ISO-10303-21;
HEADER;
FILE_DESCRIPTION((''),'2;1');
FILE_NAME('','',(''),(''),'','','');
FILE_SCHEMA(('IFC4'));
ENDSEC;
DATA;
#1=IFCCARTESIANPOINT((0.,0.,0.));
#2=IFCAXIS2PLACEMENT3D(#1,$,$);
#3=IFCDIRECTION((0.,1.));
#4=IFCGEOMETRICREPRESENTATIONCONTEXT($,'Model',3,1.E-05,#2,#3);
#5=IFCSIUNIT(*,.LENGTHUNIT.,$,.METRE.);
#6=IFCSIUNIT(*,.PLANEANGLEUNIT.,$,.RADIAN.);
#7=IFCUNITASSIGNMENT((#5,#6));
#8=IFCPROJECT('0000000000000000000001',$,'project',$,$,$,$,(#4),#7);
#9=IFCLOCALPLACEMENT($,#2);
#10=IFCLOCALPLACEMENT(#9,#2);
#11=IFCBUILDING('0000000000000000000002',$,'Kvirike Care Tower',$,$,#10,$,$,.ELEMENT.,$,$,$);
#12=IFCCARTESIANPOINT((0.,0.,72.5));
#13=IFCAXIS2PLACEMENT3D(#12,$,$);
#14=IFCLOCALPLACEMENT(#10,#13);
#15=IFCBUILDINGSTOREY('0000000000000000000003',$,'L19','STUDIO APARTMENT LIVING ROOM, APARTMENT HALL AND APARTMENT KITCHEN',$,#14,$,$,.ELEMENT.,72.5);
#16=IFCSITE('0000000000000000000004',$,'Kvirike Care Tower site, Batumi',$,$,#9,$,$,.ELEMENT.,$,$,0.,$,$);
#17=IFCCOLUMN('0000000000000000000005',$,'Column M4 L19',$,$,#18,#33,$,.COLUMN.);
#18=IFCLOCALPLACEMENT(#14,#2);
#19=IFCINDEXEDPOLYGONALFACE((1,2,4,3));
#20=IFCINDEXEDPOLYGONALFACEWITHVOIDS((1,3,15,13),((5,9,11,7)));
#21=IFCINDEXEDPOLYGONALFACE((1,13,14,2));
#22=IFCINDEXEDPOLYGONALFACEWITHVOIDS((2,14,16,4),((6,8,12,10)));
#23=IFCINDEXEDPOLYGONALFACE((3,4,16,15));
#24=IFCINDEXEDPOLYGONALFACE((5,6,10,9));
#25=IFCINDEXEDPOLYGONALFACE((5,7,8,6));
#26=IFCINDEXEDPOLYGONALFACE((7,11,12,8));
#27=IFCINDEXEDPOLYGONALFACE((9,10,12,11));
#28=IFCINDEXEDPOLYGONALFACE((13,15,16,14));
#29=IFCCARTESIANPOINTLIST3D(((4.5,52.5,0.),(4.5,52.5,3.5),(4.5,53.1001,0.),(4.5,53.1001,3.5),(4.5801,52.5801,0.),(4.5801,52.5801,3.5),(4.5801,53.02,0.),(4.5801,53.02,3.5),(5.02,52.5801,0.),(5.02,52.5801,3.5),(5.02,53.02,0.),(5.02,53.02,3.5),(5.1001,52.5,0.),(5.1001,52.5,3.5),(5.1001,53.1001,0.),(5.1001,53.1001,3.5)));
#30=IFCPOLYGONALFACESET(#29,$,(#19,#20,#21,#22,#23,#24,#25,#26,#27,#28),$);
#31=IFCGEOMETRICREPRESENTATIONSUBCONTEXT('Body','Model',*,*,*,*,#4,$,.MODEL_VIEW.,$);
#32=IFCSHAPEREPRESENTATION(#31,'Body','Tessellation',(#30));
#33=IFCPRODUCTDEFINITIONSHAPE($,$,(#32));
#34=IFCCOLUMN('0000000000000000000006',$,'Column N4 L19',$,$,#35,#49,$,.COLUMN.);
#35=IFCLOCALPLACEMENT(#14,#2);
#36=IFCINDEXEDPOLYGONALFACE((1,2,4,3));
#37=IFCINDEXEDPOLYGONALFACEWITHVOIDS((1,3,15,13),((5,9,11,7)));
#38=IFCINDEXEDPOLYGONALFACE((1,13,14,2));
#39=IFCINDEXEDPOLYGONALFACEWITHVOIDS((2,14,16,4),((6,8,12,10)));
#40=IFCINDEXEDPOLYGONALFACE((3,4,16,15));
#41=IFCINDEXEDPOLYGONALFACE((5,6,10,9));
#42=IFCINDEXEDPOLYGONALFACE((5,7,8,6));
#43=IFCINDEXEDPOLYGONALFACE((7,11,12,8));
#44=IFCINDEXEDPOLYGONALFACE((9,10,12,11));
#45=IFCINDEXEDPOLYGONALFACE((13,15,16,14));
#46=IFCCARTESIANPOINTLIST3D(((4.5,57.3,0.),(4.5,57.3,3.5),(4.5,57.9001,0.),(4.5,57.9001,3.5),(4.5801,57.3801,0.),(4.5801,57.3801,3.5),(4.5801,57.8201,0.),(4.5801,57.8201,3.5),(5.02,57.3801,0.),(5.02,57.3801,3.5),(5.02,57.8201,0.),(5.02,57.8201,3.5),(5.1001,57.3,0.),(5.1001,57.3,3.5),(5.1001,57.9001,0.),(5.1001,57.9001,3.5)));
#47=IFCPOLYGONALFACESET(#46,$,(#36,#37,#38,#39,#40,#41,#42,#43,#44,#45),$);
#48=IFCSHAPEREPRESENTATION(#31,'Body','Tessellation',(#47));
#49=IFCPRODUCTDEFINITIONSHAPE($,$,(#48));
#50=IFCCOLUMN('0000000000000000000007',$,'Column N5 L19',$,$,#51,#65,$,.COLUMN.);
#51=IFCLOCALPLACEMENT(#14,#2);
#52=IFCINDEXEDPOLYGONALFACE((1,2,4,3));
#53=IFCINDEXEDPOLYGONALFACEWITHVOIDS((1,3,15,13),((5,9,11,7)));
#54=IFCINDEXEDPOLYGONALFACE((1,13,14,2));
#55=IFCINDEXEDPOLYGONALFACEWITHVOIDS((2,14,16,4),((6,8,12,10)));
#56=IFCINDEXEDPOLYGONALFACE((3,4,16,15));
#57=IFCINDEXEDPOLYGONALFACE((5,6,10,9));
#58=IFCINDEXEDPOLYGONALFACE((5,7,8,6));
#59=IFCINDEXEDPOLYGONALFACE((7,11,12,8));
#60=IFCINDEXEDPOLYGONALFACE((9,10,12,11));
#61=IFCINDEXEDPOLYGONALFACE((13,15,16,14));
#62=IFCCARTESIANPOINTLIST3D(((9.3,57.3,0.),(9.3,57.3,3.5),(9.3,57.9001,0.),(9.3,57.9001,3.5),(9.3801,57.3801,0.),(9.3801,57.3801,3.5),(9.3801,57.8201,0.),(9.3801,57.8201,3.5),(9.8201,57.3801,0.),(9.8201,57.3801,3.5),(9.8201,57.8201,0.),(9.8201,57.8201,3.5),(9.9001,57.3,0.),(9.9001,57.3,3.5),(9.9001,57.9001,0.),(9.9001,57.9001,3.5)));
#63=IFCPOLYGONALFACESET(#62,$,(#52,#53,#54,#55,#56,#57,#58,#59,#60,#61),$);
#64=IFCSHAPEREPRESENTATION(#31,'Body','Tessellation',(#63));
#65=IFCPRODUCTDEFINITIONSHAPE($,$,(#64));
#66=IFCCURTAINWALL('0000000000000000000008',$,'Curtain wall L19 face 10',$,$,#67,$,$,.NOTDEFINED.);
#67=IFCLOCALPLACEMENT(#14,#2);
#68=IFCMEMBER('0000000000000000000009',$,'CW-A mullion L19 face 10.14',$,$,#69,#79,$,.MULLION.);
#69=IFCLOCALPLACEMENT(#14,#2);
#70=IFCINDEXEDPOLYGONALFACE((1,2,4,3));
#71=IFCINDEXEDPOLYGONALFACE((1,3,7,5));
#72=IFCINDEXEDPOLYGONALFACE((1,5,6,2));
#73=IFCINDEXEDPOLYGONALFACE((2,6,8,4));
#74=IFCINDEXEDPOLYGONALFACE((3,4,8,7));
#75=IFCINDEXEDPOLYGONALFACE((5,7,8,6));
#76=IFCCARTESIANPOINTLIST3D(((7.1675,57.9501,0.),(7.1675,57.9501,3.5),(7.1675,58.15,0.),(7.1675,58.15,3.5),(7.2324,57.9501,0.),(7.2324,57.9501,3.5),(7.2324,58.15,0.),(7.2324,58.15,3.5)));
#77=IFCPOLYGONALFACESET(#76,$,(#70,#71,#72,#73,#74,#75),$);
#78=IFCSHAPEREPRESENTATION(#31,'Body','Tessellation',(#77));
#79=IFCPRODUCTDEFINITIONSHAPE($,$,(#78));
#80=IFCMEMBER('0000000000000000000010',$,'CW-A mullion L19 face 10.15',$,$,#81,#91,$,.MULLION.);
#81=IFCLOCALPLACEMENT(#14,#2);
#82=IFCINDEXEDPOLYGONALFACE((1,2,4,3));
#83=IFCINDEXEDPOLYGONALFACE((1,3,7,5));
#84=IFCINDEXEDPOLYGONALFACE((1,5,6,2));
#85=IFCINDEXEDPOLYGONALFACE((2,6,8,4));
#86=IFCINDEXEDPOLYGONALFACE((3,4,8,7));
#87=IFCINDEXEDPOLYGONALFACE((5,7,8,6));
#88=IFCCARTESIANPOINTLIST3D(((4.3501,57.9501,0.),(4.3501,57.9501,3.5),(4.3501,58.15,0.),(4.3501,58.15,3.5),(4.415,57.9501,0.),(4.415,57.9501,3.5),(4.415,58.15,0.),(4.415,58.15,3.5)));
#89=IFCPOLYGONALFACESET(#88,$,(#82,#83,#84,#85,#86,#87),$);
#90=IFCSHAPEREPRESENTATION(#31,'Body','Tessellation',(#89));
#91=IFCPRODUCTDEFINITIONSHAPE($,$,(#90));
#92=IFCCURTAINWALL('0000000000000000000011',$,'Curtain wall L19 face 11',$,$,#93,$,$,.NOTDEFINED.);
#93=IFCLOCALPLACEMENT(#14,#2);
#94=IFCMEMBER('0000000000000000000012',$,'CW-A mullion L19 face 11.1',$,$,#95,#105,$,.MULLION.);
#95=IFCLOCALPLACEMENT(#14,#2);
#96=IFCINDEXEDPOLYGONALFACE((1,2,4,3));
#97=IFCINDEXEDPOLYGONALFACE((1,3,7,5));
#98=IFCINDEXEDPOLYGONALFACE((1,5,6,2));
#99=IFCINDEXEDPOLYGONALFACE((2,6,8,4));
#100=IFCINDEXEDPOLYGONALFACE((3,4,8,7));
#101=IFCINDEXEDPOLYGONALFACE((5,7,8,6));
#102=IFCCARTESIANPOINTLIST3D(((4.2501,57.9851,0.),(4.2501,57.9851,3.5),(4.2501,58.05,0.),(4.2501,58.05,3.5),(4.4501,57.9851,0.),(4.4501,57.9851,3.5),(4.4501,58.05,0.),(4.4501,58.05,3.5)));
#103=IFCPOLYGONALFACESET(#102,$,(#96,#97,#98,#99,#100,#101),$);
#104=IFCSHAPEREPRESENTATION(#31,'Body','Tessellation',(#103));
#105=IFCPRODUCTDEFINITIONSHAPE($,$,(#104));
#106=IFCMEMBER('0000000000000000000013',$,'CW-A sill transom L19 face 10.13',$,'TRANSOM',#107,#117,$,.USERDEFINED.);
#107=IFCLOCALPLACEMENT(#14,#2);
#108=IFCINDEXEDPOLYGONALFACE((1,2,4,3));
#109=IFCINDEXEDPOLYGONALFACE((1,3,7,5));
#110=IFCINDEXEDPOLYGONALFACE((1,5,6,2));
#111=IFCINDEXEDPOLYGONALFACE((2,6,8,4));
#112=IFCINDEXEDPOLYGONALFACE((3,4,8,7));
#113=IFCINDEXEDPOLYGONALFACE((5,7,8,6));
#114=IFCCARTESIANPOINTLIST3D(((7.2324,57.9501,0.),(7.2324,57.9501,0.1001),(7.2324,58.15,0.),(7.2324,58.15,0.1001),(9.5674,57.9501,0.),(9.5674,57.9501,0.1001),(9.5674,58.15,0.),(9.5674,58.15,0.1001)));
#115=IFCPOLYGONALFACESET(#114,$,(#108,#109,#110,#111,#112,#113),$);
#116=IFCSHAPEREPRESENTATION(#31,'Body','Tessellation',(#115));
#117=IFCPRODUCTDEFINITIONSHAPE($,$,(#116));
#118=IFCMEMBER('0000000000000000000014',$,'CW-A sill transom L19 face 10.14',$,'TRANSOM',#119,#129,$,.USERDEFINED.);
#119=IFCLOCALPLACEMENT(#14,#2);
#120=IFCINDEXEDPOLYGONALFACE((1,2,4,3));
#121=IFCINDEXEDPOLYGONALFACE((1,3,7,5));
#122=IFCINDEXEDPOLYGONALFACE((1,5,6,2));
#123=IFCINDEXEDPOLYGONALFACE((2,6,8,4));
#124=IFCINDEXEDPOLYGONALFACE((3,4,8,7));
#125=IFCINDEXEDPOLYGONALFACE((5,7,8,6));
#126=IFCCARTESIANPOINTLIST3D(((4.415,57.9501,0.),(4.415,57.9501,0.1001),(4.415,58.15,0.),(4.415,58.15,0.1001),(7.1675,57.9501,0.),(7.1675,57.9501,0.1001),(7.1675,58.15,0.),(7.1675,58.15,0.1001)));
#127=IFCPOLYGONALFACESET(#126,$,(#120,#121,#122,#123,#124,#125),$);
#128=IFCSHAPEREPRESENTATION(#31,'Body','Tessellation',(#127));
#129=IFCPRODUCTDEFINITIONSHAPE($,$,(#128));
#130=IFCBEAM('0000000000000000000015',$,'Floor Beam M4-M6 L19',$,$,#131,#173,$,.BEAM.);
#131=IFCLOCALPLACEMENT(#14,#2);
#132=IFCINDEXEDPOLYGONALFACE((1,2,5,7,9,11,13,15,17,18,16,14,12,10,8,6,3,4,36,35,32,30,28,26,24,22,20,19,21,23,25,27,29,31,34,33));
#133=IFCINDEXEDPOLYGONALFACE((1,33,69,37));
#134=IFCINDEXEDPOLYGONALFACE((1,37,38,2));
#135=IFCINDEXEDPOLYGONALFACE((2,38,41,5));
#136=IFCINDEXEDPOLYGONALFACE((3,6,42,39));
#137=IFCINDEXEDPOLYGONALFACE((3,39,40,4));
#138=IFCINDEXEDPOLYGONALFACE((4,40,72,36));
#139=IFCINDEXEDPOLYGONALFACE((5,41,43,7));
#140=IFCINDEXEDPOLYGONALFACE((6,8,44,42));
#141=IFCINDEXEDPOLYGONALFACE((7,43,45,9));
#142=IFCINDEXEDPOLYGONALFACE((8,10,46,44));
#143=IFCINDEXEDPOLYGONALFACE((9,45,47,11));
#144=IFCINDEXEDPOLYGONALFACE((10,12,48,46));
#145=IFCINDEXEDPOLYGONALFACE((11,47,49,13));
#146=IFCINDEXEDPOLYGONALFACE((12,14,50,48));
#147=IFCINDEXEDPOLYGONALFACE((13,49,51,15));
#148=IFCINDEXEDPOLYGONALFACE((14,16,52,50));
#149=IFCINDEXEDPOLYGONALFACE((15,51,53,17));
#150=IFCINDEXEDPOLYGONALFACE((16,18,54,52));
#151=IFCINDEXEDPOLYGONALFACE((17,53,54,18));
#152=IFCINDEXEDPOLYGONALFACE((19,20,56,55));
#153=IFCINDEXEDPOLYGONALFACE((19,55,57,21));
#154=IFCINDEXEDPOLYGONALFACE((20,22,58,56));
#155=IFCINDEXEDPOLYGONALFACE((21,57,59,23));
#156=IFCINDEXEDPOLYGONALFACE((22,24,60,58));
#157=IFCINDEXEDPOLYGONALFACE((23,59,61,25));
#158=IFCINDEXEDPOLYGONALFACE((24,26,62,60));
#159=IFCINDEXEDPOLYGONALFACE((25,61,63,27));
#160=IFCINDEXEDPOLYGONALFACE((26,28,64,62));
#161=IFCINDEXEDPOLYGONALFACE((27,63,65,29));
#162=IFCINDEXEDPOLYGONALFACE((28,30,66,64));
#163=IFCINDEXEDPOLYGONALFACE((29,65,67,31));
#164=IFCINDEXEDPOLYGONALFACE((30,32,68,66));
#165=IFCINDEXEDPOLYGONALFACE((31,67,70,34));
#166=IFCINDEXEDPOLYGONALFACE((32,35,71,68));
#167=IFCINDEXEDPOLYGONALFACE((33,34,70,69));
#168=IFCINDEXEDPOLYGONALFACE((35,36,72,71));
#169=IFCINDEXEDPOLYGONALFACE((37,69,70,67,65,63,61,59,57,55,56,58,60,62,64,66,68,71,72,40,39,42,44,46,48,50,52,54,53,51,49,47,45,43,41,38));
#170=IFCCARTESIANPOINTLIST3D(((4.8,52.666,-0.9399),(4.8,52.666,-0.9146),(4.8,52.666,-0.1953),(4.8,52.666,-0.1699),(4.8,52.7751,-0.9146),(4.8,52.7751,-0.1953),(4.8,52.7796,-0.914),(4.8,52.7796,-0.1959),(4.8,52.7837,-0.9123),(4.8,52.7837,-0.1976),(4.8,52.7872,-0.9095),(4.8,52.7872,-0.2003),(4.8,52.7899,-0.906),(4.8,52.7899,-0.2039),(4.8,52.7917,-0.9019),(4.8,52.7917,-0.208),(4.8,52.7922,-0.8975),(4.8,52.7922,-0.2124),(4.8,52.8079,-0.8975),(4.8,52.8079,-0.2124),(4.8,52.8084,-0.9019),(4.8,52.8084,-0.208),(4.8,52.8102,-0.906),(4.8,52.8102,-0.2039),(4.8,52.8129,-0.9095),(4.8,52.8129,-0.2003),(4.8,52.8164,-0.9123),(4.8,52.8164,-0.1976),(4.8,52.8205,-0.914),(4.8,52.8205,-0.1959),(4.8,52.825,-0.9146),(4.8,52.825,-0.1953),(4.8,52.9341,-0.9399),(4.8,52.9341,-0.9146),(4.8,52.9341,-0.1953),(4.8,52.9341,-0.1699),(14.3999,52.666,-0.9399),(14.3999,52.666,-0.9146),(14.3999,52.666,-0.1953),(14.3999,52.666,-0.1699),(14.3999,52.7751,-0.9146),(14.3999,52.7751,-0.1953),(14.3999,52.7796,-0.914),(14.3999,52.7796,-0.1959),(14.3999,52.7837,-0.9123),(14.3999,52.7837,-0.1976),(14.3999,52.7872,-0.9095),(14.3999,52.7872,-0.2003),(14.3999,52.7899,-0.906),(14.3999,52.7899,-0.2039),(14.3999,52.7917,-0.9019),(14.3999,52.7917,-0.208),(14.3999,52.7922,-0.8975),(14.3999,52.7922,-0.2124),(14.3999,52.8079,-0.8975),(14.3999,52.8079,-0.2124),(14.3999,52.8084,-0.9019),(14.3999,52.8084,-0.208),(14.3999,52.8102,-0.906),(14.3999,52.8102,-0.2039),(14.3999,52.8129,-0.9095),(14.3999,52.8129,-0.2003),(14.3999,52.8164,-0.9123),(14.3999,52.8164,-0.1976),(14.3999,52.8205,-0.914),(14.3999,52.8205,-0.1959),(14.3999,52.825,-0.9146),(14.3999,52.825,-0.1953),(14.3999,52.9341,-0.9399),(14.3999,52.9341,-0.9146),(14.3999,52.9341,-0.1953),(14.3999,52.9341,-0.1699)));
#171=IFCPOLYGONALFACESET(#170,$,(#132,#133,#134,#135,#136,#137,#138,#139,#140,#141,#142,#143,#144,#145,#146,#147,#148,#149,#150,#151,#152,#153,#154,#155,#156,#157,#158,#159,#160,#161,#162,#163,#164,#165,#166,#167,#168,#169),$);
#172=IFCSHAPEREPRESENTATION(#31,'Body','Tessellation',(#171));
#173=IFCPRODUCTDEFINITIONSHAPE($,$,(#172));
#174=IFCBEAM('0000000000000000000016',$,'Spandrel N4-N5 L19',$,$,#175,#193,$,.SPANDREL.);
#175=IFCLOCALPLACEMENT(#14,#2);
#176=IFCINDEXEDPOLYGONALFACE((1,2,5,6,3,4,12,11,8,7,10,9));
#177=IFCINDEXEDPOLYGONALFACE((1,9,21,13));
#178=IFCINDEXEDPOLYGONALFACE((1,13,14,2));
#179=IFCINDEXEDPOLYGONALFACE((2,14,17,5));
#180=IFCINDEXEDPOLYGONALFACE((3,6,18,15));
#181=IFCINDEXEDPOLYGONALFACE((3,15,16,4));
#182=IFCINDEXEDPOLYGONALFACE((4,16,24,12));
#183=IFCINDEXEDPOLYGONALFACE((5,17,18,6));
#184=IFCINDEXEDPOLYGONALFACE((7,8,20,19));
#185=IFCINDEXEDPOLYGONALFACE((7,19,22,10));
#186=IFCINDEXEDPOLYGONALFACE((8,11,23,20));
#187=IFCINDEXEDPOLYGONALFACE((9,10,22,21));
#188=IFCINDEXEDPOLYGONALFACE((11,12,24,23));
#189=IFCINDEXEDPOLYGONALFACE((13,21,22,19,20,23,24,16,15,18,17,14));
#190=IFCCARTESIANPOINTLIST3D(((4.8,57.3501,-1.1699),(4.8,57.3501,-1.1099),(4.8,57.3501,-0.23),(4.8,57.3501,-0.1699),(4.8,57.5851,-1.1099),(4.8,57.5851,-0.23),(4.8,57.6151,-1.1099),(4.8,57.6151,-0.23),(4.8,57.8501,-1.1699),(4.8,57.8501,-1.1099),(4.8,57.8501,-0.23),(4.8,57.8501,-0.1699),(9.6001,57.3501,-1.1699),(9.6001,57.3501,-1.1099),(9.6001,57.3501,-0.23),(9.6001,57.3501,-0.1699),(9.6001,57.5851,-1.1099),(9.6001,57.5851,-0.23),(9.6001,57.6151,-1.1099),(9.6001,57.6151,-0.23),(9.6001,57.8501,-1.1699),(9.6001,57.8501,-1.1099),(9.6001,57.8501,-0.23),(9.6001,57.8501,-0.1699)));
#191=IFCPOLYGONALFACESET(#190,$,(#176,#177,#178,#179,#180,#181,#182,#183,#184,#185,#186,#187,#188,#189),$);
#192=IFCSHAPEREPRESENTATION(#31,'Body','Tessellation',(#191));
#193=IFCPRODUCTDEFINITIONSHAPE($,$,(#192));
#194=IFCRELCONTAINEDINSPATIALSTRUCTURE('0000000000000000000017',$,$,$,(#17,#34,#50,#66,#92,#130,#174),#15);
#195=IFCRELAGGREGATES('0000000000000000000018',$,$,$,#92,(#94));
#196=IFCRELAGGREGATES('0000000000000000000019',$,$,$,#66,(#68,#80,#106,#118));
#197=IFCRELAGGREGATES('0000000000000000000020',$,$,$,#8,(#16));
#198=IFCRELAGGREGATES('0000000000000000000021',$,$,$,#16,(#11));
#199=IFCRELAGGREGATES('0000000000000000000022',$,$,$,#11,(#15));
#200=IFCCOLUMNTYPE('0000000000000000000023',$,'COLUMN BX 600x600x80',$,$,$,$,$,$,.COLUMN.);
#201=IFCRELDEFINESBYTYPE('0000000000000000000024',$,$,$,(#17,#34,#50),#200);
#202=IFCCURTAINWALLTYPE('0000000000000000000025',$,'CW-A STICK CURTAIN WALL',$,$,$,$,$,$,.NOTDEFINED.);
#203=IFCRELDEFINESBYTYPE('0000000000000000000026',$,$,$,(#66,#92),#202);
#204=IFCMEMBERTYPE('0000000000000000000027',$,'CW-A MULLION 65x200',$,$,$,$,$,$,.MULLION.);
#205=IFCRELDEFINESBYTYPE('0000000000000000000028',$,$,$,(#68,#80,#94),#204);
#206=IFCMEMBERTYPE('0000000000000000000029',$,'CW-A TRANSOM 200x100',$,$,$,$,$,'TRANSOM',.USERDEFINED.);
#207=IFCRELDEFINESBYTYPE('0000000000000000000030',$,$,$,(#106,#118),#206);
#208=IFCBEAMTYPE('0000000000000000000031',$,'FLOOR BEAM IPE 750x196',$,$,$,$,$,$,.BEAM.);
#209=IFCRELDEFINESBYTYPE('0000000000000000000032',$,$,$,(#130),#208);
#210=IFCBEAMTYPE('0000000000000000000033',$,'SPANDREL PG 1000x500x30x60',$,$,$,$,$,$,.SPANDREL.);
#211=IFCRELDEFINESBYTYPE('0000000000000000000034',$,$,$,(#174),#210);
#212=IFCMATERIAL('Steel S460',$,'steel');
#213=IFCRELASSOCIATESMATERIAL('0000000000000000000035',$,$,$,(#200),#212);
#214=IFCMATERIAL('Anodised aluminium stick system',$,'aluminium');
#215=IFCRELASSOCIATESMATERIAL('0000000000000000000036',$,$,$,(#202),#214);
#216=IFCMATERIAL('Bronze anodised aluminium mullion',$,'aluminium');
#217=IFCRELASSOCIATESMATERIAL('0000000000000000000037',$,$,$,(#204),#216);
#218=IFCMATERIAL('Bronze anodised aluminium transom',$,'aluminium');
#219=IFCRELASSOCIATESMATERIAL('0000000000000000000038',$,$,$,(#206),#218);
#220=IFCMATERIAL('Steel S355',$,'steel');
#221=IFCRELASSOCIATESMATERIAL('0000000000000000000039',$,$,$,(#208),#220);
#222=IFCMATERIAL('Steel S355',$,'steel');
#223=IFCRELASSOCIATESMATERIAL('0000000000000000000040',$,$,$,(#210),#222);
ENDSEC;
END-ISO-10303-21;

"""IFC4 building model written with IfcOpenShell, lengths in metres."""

from ifc_helpers import new_model, si_unit, direction, frame, origin, origin_2d, place, context, subcontext, project, spatial, rectangle, hollow_rectangle, i_section, extrude, material, material_profile, profile_set, type_object, element, aggregate, save


model = new_model("IFC4")

# Units and contexts
model_context = context("Model", 3, precision=1e-05, world=origin(), true_north=direction((0.0, 1.0)))
body_context = subcontext(model_context, "Body", "Model", "MODEL_VIEW")
ifc_project = project(units=[si_unit("LENGTHUNIT", "METRE"), si_unit("PLANEANGLEUNIT", "RADIAN")], contexts=[model_context])

# Site, building, storey
site_placement = place(None, origin())
site = spatial("IfcSite", under=ifc_project, at=site_placement, Name="Kvirike Care Tower site, Batumi", CompositionType="ELEMENT", RefElevation=0.0)
building_placement = place(site_placement, origin())
building = spatial("IfcBuilding", under=site, at=building_placement, Name="Kvirike Care Tower", CompositionType="ELEMENT")
storey_placement = place(building_placement, frame((0.0, 0.0, 72.5)))
storey = spatial("IfcBuildingStorey", under=building, at=storey_placement, Name="L19", Description="STUDIO APARTMENT LIVING ROOM, APARTMENT HALL AND APARTMENT KITCHEN", CompositionType="ELEMENT", Elevation=72.5)

# Columns
ifc_material_1 = material(Name="Steel S460", Category="steel")
ifc_material_profile_1 = material_profile(ifc_material_1, hollow_rectangle(XDim=0.6001, YDim=0.6001, WallThickness=0.0801, at=origin_2d()), Name="BX 600x600x80")
ifc_profile_set_1 = profile_set([ifc_material_profile_1], Name="Steel S460")
column_type = type_object("IfcColumnType", Name="COLUMN BX 600x600x80", PredefinedType="COLUMN", material=ifc_profile_set_1)
for number, where, z_axis, x_axis, name in (
    (1, (4.8, 52.8, 0.0), (0.0, 0.0, 1.0), (0.0, 1.0, 0.0), "Column M4 L19"),
    (2, (4.8, 57.6001, 0.0), (0.0, 0.0, 1.0), (0.0, 1.0, 0.0), "Column N4 L19"),
    (3, (9.6001, 57.6001, 0.0), (0.0, 0.0, 1.0), (0.0, 1.0, 0.0), "Column N5 L19"),
):
    element("IfcColumn", number, at=place(storey_placement, frame(where, z_axis=z_axis, x_axis=x_axis)), inside=storey, type_object=column_type, Name=name, PredefinedType="COLUMN", context=body_context, shape_type="SweptSolid", body=[
        extrude(hollow_rectangle(XDim=0.6001, YDim=0.6001, WallThickness=0.0801, at=origin_2d()), origin(), (0.0, 0.0, 1.0), 3.5),
    ])

# Curtain wall, members
ifc_material_2 = material(Name="Anodised aluminium stick system", Category="aluminium")
curtain_wall_type = type_object("IfcCurtainWallType", Name="CW-A STICK CURTAIN WALL", PredefinedType="NOTDEFINED", material=ifc_material_2)
curtain_wall_1_placement = place(storey_placement, origin())
curtain_wall_1 = element("IfcCurtainWall", 4, at=curtain_wall_1_placement, inside=storey, type_object=curtain_wall_type, Name="Curtain wall L19 face 10", PredefinedType="NOTDEFINED")
ifc_material_3 = material(Name="Bronze anodised aluminium mullion", Category="aluminium")
ifc_material_profile_2 = material_profile(ifc_material_3, rectangle(XDim=0.0649, YDim=0.2, at=origin_2d()), Name="CW-A MULLION 65x200")
ifc_profile_set_2 = profile_set([ifc_material_profile_2], Name="Bronze anodised aluminium mullion")
member_type_1 = type_object("IfcMemberType", Name="CW-A MULLION 65x200", PredefinedType="MULLION", material=ifc_profile_set_2)
member_1_placement = place(storey_placement, frame((7.2, 58.05, 0.0), z_axis=(0.0, 0.0, 1.0), x_axis=(-1.0, 0.0, 0.0)))
member_1 = element("IfcMember", 5, at=member_1_placement, type_object=member_type_1, Name="CW-A mullion L19 face 10.14", PredefinedType="MULLION", context=body_context, shape_type="SweptSolid", body=[
    extrude(rectangle(XDim=0.0649, YDim=0.2, at=origin_2d()), origin(), (0.0, 0.0, 1.0), 3.5),
])
member_2_placement = place(storey_placement, frame((4.3826, 58.05, 0.0), z_axis=(0.0, 0.0, 1.0), x_axis=(-1.0, 0.0, 0.0)))
member_2 = element("IfcMember", 6, at=member_2_placement, type_object=member_type_1, Name="CW-A mullion L19 face 10.15", PredefinedType="MULLION", context=body_context, shape_type="SweptSolid", body=[
    extrude(rectangle(XDim=0.0649, YDim=0.2, at=origin_2d()), origin(), (0.0, 0.0, 1.0), 3.5),
])

# Curtain wall, member
curtain_wall_2_placement = place(storey_placement, origin())
curtain_wall_2 = element("IfcCurtainWall", 7, at=curtain_wall_2_placement, inside=storey, type_object=curtain_wall_type, Name="Curtain wall L19 face 11", PredefinedType="NOTDEFINED")
member_3_placement = place(storey_placement, frame((4.3501, 58.0176, 0.0), z_axis=(0.0, 0.0, 1.0), x_axis=(0.0, -1.0, 0.0)))
member_3 = element("IfcMember", 8, at=member_3_placement, type_object=member_type_1, Name="CW-A mullion L19 face 11.1", PredefinedType="MULLION", context=body_context, shape_type="SweptSolid", body=[
    extrude(rectangle(XDim=0.0649, YDim=0.2, at=origin_2d()), origin(), (0.0, 0.0, 1.0), 3.5),
])
aggregate(curtain_wall_2, [member_3])

# Members
ifc_material_4 = material(Name="Bronze anodised aluminium transom", Category="aluminium")
ifc_material_profile_3 = material_profile(ifc_material_4, rectangle(XDim=0.2, YDim=0.1001, at=origin_2d()), Name="CW-A TRANSOM 200x100")
ifc_profile_set_3 = profile_set([ifc_material_profile_3], Name="Bronze anodised aluminium transom")
member_type_2 = type_object("IfcMemberType", Name="CW-A TRANSOM 200x100", ElementType="TRANSOM", PredefinedType="USERDEFINED", material=ifc_profile_set_3)
member_4_placement = place(storey_placement, frame((9.5674, 58.05, 0.05), z_axis=(-1.0, 0.0, 0.0), x_axis=(0.0, -1.0, 0.0)))
member_4 = element("IfcMember", 9, at=member_4_placement, type_object=member_type_2, Name="CW-A sill transom L19 face 10.13", ObjectType="TRANSOM", PredefinedType="USERDEFINED", context=body_context, shape_type="SweptSolid", body=[
    extrude(rectangle(XDim=0.2, YDim=0.1001, at=origin_2d()), origin(), (0.0, 0.0, 1.0), 2.335),
])
member_5_placement = place(storey_placement, frame((7.1675, 58.05, 0.05), z_axis=(-1.0, 0.0, 0.0), x_axis=(0.0, -1.0, 0.0)))
member_5 = element("IfcMember", 10, at=member_5_placement, type_object=member_type_2, Name="CW-A sill transom L19 face 10.14", ObjectType="TRANSOM", PredefinedType="USERDEFINED", context=body_context, shape_type="SweptSolid", body=[
    extrude(rectangle(XDim=0.2, YDim=0.1001, at=origin_2d()), origin(), (0.0, 0.0, 1.0), 2.7524),
])

# Beams
ifc_material_5 = material(Name="Steel S355", Category="steel")
ifc_material_profile_4 = material_profile(ifc_material_5, i_section(OverallWidth=0.2681, OverallDepth=0.77, WebThickness=0.0156, FlangeThickness=0.0254, FilletRadius=0.0171, at=origin_2d()), Name="IPE 750x196")
ifc_profile_set_4 = profile_set([ifc_material_profile_4], Name="Steel S355")
beam_type_1 = type_object("IfcBeamType", Name="FLOOR BEAM IPE 750x196", PredefinedType="BEAM", material=ifc_profile_set_4)
beam_1_placement = place(storey_placement, frame((4.8, 52.8, -0.5549), z_axis=(1.0, 0.0, 0.0), x_axis=(0.0, 1.0, 0.0)))
element("IfcBeam", 11, at=beam_1_placement, inside=storey, type_object=beam_type_1, Name="Floor Beam M4-M6 L19", PredefinedType="BEAM", context=body_context, shape_type="SweptSolid", body=[
    extrude(i_section(OverallWidth=0.2681, OverallDepth=0.77, WebThickness=0.0156, FlangeThickness=0.0254, FilletRadius=0.0171, at=origin_2d()), origin(), (0.0, 0.0, 1.0), 9.5999),
])
ifc_material_6 = material(Name="Steel S355", Category="steel")
ifc_material_profile_5 = material_profile(ifc_material_6, i_section(OverallWidth=0.5, OverallDepth=1.0, WebThickness=0.03, FlangeThickness=0.0601, at=origin_2d()), Name="PG 1000x500x30x60")
ifc_profile_set_5 = profile_set([ifc_material_profile_5], Name="Steel S355")
beam_type_2 = type_object("IfcBeamType", Name="SPANDREL PG 1000x500x30x60", PredefinedType="SPANDREL", material=ifc_profile_set_5)
beam_2_placement = place(storey_placement, frame((4.8, 57.6001, -0.6699), z_axis=(1.0, 0.0, 0.0), x_axis=(0.0, 1.0, 0.0)))
element("IfcBeam", 12, at=beam_2_placement, inside=storey, type_object=beam_type_2, Name="Spandrel N4-N5 L19", PredefinedType="SPANDREL", context=body_context, shape_type="SweptSolid", body=[
    extrude(i_section(OverallWidth=0.5, OverallDepth=1.0, WebThickness=0.03, FlangeThickness=0.0601, at=origin_2d()), origin(), (0.0, 0.0, 1.0), 4.8),
])

aggregate(curtain_wall_1, [member_1, member_2, member_4, member_5])

save(model, "model.ifc")
